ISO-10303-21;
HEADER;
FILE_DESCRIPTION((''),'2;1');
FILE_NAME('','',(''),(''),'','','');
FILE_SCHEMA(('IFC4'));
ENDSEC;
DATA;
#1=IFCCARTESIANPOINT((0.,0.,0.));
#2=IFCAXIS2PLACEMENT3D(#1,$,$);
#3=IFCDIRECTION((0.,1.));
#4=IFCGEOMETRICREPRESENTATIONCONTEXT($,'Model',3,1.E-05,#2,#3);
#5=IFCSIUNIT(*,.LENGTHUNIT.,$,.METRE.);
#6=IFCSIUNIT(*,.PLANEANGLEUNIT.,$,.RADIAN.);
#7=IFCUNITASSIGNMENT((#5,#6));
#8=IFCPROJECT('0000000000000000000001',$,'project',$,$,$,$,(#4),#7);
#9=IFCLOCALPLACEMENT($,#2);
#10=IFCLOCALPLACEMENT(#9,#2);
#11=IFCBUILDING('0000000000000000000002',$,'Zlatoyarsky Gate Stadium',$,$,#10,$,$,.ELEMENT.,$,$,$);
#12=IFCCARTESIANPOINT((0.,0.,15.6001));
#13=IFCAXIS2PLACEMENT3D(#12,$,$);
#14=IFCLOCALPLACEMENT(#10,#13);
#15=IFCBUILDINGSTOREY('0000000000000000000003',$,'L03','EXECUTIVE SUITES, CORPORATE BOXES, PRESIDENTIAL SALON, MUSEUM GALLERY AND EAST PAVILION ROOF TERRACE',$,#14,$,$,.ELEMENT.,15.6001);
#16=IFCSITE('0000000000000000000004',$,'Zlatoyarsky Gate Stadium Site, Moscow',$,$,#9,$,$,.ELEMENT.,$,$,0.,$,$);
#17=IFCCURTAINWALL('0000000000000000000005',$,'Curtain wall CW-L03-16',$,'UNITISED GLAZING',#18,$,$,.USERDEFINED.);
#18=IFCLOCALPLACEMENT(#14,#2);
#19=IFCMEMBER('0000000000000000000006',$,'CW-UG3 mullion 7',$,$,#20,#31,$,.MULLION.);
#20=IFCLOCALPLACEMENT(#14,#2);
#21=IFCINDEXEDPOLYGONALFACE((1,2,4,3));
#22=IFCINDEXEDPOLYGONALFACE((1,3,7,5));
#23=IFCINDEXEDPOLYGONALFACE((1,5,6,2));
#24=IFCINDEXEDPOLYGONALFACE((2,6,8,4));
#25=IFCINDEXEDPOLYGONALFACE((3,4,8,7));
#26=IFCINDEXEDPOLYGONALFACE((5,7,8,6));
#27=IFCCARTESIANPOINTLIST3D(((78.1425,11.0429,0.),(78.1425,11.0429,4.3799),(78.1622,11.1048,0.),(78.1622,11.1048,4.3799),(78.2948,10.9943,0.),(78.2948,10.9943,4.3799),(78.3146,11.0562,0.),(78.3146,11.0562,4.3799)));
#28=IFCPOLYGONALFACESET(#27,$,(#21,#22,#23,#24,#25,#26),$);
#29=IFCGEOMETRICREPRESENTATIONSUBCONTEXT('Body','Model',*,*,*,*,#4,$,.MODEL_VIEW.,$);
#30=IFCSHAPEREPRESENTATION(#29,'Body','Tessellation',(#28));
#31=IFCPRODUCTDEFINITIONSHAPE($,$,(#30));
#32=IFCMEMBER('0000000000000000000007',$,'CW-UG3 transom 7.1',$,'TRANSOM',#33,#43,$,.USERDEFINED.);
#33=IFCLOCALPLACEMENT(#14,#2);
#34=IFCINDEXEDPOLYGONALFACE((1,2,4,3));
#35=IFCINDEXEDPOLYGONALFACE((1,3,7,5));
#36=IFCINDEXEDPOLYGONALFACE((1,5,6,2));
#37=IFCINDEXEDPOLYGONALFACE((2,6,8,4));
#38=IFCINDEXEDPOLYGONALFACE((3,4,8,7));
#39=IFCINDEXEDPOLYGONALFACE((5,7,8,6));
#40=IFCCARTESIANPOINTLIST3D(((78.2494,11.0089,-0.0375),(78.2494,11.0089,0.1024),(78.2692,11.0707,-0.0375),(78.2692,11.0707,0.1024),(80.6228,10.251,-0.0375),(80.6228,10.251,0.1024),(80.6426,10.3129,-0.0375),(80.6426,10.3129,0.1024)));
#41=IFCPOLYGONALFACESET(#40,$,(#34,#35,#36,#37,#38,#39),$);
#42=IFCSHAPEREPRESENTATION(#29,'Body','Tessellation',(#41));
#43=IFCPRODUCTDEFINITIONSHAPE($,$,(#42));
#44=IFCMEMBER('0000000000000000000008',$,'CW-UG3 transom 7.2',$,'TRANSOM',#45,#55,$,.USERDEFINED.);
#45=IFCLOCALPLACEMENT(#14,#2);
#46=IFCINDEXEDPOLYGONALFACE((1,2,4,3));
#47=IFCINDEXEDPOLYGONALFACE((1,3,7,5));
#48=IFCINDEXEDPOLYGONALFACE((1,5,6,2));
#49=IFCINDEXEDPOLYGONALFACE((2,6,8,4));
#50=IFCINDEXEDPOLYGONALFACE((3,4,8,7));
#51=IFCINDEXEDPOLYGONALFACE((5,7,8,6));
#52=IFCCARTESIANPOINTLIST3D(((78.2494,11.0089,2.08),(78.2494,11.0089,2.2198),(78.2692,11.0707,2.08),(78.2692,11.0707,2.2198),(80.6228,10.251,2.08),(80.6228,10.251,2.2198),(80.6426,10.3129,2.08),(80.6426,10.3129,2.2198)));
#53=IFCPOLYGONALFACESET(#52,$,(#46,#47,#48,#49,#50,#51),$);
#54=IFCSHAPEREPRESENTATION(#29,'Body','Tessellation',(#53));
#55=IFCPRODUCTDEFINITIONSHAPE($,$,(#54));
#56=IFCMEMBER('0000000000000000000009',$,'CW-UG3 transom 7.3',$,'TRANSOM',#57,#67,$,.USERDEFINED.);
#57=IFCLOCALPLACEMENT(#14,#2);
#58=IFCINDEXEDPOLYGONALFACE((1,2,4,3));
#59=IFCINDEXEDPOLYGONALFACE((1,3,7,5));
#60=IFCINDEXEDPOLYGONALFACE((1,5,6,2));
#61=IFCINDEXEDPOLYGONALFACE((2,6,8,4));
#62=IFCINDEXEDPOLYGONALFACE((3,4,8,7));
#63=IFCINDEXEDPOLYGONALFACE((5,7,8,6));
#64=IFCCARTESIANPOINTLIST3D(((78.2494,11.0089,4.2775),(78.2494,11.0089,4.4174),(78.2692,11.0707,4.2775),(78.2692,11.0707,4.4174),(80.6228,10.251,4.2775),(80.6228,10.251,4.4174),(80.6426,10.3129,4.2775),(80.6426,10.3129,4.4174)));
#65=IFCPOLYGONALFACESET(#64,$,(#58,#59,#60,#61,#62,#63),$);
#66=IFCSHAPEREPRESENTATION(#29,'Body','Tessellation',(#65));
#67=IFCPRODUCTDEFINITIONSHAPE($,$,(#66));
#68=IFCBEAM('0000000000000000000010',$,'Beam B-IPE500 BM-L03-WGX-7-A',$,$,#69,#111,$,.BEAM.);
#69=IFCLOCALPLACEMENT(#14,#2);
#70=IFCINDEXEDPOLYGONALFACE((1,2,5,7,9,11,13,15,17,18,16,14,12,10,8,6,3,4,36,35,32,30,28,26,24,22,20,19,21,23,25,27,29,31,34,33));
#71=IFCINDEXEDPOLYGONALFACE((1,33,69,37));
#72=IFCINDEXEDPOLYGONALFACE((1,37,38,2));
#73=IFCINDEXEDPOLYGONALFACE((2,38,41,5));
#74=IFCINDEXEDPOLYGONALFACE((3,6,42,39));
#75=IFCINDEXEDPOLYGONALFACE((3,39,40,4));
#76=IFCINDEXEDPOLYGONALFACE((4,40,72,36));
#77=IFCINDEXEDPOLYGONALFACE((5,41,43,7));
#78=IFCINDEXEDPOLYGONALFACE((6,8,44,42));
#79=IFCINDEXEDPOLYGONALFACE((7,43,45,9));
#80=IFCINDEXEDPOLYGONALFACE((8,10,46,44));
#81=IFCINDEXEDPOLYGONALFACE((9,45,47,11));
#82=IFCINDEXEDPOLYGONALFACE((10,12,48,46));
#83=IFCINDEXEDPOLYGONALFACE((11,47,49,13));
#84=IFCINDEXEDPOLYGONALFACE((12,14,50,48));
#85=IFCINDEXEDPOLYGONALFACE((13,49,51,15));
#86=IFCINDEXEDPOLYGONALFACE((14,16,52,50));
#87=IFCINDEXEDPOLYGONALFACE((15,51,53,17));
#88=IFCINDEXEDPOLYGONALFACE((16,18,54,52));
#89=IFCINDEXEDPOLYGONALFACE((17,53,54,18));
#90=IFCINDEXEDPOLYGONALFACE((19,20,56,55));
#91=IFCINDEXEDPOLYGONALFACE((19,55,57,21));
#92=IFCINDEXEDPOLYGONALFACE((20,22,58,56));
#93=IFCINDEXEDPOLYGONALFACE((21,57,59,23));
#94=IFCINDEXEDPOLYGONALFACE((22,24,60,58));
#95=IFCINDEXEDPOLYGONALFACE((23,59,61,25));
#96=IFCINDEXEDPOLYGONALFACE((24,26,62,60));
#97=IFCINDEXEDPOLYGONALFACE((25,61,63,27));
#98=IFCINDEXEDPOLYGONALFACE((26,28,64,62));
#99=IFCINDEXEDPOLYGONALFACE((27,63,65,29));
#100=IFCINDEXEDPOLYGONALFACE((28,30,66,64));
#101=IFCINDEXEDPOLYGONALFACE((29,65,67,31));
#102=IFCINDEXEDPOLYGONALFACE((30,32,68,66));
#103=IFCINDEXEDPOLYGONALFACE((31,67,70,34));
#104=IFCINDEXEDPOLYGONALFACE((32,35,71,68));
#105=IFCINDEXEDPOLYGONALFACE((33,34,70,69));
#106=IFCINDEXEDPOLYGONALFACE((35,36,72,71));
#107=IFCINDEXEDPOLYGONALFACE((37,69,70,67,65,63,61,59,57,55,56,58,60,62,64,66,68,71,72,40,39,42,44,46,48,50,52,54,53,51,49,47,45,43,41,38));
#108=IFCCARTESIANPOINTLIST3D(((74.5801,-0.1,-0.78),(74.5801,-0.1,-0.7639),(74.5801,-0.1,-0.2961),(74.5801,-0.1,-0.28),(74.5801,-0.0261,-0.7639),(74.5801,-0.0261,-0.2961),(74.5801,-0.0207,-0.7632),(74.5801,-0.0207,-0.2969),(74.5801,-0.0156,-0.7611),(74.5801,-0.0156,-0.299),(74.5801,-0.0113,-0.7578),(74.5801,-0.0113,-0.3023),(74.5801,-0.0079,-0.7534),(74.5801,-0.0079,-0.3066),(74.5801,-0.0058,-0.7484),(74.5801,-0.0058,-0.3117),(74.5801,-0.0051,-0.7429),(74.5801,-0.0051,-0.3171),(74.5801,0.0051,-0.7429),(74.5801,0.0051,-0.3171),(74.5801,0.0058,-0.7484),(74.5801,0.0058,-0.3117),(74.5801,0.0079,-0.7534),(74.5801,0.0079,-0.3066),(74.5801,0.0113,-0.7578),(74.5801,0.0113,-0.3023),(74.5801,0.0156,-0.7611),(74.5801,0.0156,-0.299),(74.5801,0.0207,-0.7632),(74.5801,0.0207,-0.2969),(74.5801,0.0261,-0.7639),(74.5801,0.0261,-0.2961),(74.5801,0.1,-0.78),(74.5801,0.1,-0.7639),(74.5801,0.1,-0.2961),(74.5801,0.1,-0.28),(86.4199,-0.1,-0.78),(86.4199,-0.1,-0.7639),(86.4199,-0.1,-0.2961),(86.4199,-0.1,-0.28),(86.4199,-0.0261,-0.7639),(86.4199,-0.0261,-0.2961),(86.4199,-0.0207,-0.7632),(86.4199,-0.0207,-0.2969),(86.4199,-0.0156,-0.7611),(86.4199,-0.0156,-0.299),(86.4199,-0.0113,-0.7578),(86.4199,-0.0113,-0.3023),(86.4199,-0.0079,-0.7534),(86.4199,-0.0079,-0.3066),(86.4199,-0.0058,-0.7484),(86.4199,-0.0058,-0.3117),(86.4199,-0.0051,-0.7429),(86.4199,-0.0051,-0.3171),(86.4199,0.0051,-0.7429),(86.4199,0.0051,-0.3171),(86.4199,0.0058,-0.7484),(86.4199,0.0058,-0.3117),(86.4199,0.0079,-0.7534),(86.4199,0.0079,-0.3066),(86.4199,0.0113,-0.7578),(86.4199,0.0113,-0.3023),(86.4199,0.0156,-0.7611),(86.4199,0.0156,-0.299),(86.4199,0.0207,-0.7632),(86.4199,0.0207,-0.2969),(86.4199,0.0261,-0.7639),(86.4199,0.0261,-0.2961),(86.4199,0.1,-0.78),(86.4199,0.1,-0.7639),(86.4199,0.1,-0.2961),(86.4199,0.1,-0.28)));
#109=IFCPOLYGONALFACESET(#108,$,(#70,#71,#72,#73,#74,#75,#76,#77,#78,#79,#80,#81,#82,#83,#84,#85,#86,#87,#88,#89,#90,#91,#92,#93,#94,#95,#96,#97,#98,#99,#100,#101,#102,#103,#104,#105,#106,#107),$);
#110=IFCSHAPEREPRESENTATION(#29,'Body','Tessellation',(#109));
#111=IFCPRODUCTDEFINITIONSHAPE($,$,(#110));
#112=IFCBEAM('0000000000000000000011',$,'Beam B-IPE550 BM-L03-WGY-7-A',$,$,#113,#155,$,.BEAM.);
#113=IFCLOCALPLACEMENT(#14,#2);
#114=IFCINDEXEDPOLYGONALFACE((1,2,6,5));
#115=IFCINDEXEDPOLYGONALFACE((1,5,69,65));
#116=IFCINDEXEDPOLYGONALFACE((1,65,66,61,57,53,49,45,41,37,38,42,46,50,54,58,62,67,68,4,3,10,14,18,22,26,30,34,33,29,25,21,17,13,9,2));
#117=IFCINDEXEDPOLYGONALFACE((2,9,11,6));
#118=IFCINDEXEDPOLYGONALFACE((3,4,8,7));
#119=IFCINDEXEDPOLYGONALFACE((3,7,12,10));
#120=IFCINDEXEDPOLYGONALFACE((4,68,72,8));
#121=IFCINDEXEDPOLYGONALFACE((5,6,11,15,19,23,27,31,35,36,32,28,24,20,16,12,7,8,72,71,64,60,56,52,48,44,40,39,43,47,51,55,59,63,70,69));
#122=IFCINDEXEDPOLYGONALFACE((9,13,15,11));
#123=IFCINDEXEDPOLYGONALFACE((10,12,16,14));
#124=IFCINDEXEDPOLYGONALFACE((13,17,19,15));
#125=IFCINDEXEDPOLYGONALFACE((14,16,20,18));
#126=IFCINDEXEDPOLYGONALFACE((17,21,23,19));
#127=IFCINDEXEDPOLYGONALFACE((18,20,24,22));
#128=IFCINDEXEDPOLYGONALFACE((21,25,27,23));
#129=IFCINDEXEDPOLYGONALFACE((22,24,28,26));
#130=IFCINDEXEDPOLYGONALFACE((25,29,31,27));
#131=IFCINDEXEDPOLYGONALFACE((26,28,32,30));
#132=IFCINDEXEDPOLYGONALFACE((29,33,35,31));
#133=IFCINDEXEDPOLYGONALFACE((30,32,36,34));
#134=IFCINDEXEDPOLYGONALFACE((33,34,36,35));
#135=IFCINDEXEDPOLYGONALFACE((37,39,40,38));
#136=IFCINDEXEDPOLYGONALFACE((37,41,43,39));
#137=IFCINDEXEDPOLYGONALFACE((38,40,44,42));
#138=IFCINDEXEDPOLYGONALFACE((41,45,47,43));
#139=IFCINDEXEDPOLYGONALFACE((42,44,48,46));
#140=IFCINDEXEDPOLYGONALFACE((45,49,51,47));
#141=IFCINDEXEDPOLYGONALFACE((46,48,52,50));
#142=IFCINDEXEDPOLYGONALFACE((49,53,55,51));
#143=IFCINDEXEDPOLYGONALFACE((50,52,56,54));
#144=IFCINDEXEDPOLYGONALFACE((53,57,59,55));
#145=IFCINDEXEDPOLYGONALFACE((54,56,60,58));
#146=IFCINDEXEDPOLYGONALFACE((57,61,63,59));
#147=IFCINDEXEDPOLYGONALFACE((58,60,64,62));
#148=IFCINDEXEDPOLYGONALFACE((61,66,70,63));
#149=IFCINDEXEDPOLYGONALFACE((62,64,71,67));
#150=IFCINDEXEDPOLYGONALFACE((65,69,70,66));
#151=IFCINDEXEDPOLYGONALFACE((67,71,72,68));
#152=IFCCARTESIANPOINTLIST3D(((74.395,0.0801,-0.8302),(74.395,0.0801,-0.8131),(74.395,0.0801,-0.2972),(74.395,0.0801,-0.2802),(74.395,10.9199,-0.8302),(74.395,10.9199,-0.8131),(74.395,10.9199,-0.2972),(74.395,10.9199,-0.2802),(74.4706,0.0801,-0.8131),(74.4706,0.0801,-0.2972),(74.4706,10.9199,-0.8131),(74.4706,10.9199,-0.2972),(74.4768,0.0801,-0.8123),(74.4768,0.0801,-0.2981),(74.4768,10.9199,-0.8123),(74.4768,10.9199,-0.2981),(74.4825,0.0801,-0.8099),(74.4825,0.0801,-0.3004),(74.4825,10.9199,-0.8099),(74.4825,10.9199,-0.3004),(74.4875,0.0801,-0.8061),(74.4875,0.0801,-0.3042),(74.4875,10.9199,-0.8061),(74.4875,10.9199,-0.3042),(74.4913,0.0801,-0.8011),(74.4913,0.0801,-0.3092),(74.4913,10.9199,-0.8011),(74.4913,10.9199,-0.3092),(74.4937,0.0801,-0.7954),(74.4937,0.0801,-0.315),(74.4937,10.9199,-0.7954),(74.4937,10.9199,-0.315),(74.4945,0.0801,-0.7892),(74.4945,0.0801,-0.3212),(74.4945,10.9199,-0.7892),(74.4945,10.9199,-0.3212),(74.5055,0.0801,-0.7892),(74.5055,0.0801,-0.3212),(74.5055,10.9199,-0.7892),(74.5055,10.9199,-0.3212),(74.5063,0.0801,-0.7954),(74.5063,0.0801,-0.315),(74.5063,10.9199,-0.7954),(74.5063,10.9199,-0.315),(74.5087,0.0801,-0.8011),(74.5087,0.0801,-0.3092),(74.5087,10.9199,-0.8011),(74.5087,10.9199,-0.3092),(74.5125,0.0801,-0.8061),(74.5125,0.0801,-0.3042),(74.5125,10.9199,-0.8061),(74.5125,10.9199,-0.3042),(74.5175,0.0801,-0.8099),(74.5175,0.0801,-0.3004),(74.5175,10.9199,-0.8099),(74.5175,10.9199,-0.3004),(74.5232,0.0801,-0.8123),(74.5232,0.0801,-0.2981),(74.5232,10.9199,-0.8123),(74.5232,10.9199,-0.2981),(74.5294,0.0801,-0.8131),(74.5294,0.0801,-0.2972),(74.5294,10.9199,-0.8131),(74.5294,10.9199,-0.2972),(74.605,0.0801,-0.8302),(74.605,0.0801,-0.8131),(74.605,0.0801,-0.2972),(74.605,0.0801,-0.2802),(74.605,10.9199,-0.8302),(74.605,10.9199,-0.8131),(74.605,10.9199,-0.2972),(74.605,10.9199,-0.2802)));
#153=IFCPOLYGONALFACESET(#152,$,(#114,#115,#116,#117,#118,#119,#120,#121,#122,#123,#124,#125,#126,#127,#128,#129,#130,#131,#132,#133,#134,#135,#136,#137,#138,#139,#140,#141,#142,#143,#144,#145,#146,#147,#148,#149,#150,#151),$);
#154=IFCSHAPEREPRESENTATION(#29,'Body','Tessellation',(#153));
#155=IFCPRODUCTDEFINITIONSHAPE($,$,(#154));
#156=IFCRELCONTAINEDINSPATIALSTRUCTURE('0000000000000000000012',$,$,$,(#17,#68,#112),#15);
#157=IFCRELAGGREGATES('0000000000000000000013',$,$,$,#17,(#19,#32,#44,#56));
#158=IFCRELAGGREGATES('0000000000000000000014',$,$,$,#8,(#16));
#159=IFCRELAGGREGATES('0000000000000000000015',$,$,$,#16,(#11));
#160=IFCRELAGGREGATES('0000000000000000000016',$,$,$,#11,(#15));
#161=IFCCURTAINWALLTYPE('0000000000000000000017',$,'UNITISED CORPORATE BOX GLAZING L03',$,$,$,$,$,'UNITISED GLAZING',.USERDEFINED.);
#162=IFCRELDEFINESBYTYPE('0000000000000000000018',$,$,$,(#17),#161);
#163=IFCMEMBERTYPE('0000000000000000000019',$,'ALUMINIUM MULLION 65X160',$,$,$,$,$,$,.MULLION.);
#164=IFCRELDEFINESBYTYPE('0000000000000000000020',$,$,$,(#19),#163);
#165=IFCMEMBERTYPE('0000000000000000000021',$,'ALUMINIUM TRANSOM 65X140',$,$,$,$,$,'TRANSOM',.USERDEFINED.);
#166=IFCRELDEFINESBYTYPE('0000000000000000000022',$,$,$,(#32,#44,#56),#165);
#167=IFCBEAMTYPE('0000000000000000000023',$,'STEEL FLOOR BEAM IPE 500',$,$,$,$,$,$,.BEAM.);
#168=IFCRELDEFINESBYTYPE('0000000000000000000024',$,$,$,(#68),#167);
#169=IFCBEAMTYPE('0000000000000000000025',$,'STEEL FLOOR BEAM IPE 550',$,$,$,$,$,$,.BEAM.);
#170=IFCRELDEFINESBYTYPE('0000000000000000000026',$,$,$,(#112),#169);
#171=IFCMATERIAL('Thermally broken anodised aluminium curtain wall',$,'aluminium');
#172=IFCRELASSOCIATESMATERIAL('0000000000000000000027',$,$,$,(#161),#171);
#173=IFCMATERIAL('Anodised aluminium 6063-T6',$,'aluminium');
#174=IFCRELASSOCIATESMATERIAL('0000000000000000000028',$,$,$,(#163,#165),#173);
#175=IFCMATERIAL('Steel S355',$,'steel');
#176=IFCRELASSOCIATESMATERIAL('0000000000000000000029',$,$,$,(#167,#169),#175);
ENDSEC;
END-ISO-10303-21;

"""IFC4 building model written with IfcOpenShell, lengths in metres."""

from ifc_helpers import new_model, si_unit, direction, frame, origin, origin_2d, place, context, subcontext, project, spatial, rectangle, i_section, extrude, material, material_profile, profile_set, type_object, element, aggregate, save


model = new_model("IFC4")

# Units and contexts
model_context = context("Model", 3, precision=1e-05, world=origin(), true_north=direction((0.0, 1.0)))
body_context = subcontext(model_context, "Body", "Model", "MODEL_VIEW")
ifc_project = project(units=[si_unit("LENGTHUNIT", "METRE"), si_unit("PLANEANGLEUNIT", "RADIAN")], contexts=[model_context])

# Site, building, storey
site_placement = place(None, origin())
site = spatial("IfcSite", under=ifc_project, at=site_placement, Name="Zlatoyarsky Gate Stadium Site, Moscow", CompositionType="ELEMENT", RefElevation=0.0)
building_placement = place(site_placement, origin())
building = spatial("IfcBuilding", under=site, at=building_placement, Name="Zlatoyarsky Gate Stadium", CompositionType="ELEMENT")
storey_placement = place(building_placement, frame((0.0, 0.0, 15.6001)))
storey = spatial("IfcBuildingStorey", under=building, at=storey_placement, Name="L03", Description="EXECUTIVE SUITES, CORPORATE BOXES, PRESIDENTIAL SALON, MUSEUM GALLERY AND EAST PAVILION ROOF TERRACE", CompositionType="ELEMENT", Elevation=15.6001)

# Curtain wall, members
ifc_material_1 = material(Name="Thermally broken anodised aluminium curtain wall", Category="aluminium")
curtain_wall_type = type_object("IfcCurtainWallType", Name="UNITISED CORPORATE BOX GLAZING L03", ElementType="UNITISED GLAZING", PredefinedType="USERDEFINED", material=ifc_material_1)
curtain_wall_placement = place(storey_placement, origin())
curtain_wall = element("IfcCurtainWall", 1, at=curtain_wall_placement, inside=storey, type_object=curtain_wall_type, Name="Curtain wall CW-L03-16", ObjectType="UNITISED GLAZING", PredefinedType="USERDEFINED")
ifc_material_2 = material(Name="Anodised aluminium 6063-T6", Category="aluminium")
ifc_material_profile_1 = material_profile(ifc_material_2, rectangle(XDim=0.0649, YDim=0.1599, at=origin_2d()), Name="ALU 65X160")
ifc_profile_set_1 = profile_set([ifc_material_profile_1], Name="Anodised aluminium 6063-T6")
member_type_1 = type_object("IfcMemberType", Name="ALUMINIUM MULLION 65X160", PredefinedType="MULLION", material=ifc_profile_set_1)
member_1_placement = place(storey_placement, frame((78.2285, 11.0496, 0.0), z_axis=(0.0, 0.0, 1.0), x_axis=(0.304162, 0.95262, 0.0)))
member_1 = element("IfcMember", 2, at=member_1_placement, type_object=member_type_1, Name="CW-UG3 mullion 7", PredefinedType="MULLION", context=body_context, shape_type="SweptSolid", body=[
    extrude(rectangle(XDim=0.0649, YDim=0.1599, at=origin_2d()), origin(), (0.0, 0.0, 1.0), 4.3799),
])
ifc_material_profile_2 = material_profile(ifc_material_2, rectangle(XDim=0.0649, YDim=0.1399, at=origin_2d()), Name="ALU 65X140")
ifc_profile_set_2 = profile_set([ifc_material_profile_2], Name="Anodised aluminium 6063-T6")
member_type_2 = type_object("IfcMemberType", Name="ALUMINIUM TRANSOM 65X140", ElementType="TRANSOM", PredefinedType="USERDEFINED", material=ifc_profile_set_2)
member_2_placement = place(storey_placement, frame((78.2593, 11.0398, 0.0325), z_axis=(0.952615, -0.304178, 0.0), x_axis=(0.304178, 0.952615, 0.0)))
member_2 = element("IfcMember", 3, at=member_2_placement, type_object=member_type_2, Name="CW-UG3 transom 7.1", ObjectType="TRANSOM", PredefinedType="USERDEFINED", context=body_context, shape_type="SweptSolid", body=[
    extrude(rectangle(XDim=0.0649, YDim=0.1399, at=origin_2d()), origin(), (0.0, 0.0, 1.0), 2.4915),
])
member_3_placement = place(storey_placement, frame((78.2593, 11.0398, 2.1499), z_axis=(0.952615, -0.304178, 0.0), x_axis=(0.304178, 0.952615, 0.0)))
member_3 = element("IfcMember", 4, at=member_3_placement, type_object=member_type_2, Name="CW-UG3 transom 7.2", ObjectType="TRANSOM", PredefinedType="USERDEFINED", context=body_context, shape_type="SweptSolid", body=[
    extrude(rectangle(XDim=0.0649, YDim=0.1399, at=origin_2d()), origin(), (0.0, 0.0, 1.0), 2.4915),
])
member_4_placement = place(storey_placement, frame((78.2593, 11.0398, 4.3474), z_axis=(0.952615, -0.304178, 0.0), x_axis=(0.304178, 0.952615, 0.0)))
member_4 = element("IfcMember", 5, at=member_4_placement, type_object=member_type_2, Name="CW-UG3 transom 7.3", ObjectType="TRANSOM", PredefinedType="USERDEFINED", context=body_context, shape_type="SweptSolid", body=[
    extrude(rectangle(XDim=0.0649, YDim=0.1399, at=origin_2d()), origin(), (0.0, 0.0, 1.0), 2.4915),
])

# Beams
ifc_material_3 = material(Name="Steel S355", Category="steel")
ifc_material_profile_3 = material_profile(ifc_material_3, i_section(OverallWidth=0.2, OverallDepth=0.5, WebThickness=0.0103, FlangeThickness=0.0161, FilletRadius=0.021, at=origin_2d()), Name="IPE 500")
ifc_profile_set_3 = profile_set([ifc_material_profile_3], Name="Steel S355")
beam_type_1 = type_object("IfcBeamType", Name="STEEL FLOOR BEAM IPE 500", PredefinedType="BEAM", material=ifc_profile_set_3)
beam_1_placement = place(storey_placement, frame((74.5801, 0.0, -0.53), z_axis=(1.0, 0.0, 0.0), x_axis=(0.0, 1.0, 0.0)))
element("IfcBeam", 6, at=beam_1_placement, inside=storey, type_object=beam_type_1, Name="Beam B-IPE500 BM-L03-WGX-7-A", PredefinedType="BEAM", context=body_context, shape_type="SweptSolid", body=[
    extrude(i_section(OverallWidth=0.2, OverallDepth=0.5, WebThickness=0.0103, FlangeThickness=0.0161, FilletRadius=0.021, at=origin_2d()), origin(), (0.0, 0.0, 1.0), 11.8398),
])
ifc_material_profile_4 = material_profile(ifc_material_3, i_section(OverallWidth=0.21, OverallDepth=0.55, WebThickness=0.011, FlangeThickness=0.0171, FilletRadius=0.0239, at=origin_2d()), Name="IPE 550")
ifc_profile_set_4 = profile_set([ifc_material_profile_4], Name="Steel S355")
beam_type_2 = type_object("IfcBeamType", Name="STEEL FLOOR BEAM IPE 550", PredefinedType="BEAM", material=ifc_profile_set_4)
beam_2_placement = place(storey_placement, frame((74.5, 0.0801, -0.5552), z_axis=(0.0, 1.0, 0.0), x_axis=(-1.0, 0.0, 0.0)))
element("IfcBeam", 7, at=beam_2_placement, inside=storey, type_object=beam_type_2, Name="Beam B-IPE550 BM-L03-WGY-7-A", PredefinedType="BEAM", context=body_context, shape_type="SweptSolid", body=[
    extrude(i_section(OverallWidth=0.21, OverallDepth=0.55, WebThickness=0.011, FlangeThickness=0.0171, FilletRadius=0.0239, at=origin_2d()), origin(), (0.0, 0.0, 1.0), 10.8398),
])

aggregate(curtain_wall, [member_1, member_2, member_3, member_4])

save(model, "model.ifc")
